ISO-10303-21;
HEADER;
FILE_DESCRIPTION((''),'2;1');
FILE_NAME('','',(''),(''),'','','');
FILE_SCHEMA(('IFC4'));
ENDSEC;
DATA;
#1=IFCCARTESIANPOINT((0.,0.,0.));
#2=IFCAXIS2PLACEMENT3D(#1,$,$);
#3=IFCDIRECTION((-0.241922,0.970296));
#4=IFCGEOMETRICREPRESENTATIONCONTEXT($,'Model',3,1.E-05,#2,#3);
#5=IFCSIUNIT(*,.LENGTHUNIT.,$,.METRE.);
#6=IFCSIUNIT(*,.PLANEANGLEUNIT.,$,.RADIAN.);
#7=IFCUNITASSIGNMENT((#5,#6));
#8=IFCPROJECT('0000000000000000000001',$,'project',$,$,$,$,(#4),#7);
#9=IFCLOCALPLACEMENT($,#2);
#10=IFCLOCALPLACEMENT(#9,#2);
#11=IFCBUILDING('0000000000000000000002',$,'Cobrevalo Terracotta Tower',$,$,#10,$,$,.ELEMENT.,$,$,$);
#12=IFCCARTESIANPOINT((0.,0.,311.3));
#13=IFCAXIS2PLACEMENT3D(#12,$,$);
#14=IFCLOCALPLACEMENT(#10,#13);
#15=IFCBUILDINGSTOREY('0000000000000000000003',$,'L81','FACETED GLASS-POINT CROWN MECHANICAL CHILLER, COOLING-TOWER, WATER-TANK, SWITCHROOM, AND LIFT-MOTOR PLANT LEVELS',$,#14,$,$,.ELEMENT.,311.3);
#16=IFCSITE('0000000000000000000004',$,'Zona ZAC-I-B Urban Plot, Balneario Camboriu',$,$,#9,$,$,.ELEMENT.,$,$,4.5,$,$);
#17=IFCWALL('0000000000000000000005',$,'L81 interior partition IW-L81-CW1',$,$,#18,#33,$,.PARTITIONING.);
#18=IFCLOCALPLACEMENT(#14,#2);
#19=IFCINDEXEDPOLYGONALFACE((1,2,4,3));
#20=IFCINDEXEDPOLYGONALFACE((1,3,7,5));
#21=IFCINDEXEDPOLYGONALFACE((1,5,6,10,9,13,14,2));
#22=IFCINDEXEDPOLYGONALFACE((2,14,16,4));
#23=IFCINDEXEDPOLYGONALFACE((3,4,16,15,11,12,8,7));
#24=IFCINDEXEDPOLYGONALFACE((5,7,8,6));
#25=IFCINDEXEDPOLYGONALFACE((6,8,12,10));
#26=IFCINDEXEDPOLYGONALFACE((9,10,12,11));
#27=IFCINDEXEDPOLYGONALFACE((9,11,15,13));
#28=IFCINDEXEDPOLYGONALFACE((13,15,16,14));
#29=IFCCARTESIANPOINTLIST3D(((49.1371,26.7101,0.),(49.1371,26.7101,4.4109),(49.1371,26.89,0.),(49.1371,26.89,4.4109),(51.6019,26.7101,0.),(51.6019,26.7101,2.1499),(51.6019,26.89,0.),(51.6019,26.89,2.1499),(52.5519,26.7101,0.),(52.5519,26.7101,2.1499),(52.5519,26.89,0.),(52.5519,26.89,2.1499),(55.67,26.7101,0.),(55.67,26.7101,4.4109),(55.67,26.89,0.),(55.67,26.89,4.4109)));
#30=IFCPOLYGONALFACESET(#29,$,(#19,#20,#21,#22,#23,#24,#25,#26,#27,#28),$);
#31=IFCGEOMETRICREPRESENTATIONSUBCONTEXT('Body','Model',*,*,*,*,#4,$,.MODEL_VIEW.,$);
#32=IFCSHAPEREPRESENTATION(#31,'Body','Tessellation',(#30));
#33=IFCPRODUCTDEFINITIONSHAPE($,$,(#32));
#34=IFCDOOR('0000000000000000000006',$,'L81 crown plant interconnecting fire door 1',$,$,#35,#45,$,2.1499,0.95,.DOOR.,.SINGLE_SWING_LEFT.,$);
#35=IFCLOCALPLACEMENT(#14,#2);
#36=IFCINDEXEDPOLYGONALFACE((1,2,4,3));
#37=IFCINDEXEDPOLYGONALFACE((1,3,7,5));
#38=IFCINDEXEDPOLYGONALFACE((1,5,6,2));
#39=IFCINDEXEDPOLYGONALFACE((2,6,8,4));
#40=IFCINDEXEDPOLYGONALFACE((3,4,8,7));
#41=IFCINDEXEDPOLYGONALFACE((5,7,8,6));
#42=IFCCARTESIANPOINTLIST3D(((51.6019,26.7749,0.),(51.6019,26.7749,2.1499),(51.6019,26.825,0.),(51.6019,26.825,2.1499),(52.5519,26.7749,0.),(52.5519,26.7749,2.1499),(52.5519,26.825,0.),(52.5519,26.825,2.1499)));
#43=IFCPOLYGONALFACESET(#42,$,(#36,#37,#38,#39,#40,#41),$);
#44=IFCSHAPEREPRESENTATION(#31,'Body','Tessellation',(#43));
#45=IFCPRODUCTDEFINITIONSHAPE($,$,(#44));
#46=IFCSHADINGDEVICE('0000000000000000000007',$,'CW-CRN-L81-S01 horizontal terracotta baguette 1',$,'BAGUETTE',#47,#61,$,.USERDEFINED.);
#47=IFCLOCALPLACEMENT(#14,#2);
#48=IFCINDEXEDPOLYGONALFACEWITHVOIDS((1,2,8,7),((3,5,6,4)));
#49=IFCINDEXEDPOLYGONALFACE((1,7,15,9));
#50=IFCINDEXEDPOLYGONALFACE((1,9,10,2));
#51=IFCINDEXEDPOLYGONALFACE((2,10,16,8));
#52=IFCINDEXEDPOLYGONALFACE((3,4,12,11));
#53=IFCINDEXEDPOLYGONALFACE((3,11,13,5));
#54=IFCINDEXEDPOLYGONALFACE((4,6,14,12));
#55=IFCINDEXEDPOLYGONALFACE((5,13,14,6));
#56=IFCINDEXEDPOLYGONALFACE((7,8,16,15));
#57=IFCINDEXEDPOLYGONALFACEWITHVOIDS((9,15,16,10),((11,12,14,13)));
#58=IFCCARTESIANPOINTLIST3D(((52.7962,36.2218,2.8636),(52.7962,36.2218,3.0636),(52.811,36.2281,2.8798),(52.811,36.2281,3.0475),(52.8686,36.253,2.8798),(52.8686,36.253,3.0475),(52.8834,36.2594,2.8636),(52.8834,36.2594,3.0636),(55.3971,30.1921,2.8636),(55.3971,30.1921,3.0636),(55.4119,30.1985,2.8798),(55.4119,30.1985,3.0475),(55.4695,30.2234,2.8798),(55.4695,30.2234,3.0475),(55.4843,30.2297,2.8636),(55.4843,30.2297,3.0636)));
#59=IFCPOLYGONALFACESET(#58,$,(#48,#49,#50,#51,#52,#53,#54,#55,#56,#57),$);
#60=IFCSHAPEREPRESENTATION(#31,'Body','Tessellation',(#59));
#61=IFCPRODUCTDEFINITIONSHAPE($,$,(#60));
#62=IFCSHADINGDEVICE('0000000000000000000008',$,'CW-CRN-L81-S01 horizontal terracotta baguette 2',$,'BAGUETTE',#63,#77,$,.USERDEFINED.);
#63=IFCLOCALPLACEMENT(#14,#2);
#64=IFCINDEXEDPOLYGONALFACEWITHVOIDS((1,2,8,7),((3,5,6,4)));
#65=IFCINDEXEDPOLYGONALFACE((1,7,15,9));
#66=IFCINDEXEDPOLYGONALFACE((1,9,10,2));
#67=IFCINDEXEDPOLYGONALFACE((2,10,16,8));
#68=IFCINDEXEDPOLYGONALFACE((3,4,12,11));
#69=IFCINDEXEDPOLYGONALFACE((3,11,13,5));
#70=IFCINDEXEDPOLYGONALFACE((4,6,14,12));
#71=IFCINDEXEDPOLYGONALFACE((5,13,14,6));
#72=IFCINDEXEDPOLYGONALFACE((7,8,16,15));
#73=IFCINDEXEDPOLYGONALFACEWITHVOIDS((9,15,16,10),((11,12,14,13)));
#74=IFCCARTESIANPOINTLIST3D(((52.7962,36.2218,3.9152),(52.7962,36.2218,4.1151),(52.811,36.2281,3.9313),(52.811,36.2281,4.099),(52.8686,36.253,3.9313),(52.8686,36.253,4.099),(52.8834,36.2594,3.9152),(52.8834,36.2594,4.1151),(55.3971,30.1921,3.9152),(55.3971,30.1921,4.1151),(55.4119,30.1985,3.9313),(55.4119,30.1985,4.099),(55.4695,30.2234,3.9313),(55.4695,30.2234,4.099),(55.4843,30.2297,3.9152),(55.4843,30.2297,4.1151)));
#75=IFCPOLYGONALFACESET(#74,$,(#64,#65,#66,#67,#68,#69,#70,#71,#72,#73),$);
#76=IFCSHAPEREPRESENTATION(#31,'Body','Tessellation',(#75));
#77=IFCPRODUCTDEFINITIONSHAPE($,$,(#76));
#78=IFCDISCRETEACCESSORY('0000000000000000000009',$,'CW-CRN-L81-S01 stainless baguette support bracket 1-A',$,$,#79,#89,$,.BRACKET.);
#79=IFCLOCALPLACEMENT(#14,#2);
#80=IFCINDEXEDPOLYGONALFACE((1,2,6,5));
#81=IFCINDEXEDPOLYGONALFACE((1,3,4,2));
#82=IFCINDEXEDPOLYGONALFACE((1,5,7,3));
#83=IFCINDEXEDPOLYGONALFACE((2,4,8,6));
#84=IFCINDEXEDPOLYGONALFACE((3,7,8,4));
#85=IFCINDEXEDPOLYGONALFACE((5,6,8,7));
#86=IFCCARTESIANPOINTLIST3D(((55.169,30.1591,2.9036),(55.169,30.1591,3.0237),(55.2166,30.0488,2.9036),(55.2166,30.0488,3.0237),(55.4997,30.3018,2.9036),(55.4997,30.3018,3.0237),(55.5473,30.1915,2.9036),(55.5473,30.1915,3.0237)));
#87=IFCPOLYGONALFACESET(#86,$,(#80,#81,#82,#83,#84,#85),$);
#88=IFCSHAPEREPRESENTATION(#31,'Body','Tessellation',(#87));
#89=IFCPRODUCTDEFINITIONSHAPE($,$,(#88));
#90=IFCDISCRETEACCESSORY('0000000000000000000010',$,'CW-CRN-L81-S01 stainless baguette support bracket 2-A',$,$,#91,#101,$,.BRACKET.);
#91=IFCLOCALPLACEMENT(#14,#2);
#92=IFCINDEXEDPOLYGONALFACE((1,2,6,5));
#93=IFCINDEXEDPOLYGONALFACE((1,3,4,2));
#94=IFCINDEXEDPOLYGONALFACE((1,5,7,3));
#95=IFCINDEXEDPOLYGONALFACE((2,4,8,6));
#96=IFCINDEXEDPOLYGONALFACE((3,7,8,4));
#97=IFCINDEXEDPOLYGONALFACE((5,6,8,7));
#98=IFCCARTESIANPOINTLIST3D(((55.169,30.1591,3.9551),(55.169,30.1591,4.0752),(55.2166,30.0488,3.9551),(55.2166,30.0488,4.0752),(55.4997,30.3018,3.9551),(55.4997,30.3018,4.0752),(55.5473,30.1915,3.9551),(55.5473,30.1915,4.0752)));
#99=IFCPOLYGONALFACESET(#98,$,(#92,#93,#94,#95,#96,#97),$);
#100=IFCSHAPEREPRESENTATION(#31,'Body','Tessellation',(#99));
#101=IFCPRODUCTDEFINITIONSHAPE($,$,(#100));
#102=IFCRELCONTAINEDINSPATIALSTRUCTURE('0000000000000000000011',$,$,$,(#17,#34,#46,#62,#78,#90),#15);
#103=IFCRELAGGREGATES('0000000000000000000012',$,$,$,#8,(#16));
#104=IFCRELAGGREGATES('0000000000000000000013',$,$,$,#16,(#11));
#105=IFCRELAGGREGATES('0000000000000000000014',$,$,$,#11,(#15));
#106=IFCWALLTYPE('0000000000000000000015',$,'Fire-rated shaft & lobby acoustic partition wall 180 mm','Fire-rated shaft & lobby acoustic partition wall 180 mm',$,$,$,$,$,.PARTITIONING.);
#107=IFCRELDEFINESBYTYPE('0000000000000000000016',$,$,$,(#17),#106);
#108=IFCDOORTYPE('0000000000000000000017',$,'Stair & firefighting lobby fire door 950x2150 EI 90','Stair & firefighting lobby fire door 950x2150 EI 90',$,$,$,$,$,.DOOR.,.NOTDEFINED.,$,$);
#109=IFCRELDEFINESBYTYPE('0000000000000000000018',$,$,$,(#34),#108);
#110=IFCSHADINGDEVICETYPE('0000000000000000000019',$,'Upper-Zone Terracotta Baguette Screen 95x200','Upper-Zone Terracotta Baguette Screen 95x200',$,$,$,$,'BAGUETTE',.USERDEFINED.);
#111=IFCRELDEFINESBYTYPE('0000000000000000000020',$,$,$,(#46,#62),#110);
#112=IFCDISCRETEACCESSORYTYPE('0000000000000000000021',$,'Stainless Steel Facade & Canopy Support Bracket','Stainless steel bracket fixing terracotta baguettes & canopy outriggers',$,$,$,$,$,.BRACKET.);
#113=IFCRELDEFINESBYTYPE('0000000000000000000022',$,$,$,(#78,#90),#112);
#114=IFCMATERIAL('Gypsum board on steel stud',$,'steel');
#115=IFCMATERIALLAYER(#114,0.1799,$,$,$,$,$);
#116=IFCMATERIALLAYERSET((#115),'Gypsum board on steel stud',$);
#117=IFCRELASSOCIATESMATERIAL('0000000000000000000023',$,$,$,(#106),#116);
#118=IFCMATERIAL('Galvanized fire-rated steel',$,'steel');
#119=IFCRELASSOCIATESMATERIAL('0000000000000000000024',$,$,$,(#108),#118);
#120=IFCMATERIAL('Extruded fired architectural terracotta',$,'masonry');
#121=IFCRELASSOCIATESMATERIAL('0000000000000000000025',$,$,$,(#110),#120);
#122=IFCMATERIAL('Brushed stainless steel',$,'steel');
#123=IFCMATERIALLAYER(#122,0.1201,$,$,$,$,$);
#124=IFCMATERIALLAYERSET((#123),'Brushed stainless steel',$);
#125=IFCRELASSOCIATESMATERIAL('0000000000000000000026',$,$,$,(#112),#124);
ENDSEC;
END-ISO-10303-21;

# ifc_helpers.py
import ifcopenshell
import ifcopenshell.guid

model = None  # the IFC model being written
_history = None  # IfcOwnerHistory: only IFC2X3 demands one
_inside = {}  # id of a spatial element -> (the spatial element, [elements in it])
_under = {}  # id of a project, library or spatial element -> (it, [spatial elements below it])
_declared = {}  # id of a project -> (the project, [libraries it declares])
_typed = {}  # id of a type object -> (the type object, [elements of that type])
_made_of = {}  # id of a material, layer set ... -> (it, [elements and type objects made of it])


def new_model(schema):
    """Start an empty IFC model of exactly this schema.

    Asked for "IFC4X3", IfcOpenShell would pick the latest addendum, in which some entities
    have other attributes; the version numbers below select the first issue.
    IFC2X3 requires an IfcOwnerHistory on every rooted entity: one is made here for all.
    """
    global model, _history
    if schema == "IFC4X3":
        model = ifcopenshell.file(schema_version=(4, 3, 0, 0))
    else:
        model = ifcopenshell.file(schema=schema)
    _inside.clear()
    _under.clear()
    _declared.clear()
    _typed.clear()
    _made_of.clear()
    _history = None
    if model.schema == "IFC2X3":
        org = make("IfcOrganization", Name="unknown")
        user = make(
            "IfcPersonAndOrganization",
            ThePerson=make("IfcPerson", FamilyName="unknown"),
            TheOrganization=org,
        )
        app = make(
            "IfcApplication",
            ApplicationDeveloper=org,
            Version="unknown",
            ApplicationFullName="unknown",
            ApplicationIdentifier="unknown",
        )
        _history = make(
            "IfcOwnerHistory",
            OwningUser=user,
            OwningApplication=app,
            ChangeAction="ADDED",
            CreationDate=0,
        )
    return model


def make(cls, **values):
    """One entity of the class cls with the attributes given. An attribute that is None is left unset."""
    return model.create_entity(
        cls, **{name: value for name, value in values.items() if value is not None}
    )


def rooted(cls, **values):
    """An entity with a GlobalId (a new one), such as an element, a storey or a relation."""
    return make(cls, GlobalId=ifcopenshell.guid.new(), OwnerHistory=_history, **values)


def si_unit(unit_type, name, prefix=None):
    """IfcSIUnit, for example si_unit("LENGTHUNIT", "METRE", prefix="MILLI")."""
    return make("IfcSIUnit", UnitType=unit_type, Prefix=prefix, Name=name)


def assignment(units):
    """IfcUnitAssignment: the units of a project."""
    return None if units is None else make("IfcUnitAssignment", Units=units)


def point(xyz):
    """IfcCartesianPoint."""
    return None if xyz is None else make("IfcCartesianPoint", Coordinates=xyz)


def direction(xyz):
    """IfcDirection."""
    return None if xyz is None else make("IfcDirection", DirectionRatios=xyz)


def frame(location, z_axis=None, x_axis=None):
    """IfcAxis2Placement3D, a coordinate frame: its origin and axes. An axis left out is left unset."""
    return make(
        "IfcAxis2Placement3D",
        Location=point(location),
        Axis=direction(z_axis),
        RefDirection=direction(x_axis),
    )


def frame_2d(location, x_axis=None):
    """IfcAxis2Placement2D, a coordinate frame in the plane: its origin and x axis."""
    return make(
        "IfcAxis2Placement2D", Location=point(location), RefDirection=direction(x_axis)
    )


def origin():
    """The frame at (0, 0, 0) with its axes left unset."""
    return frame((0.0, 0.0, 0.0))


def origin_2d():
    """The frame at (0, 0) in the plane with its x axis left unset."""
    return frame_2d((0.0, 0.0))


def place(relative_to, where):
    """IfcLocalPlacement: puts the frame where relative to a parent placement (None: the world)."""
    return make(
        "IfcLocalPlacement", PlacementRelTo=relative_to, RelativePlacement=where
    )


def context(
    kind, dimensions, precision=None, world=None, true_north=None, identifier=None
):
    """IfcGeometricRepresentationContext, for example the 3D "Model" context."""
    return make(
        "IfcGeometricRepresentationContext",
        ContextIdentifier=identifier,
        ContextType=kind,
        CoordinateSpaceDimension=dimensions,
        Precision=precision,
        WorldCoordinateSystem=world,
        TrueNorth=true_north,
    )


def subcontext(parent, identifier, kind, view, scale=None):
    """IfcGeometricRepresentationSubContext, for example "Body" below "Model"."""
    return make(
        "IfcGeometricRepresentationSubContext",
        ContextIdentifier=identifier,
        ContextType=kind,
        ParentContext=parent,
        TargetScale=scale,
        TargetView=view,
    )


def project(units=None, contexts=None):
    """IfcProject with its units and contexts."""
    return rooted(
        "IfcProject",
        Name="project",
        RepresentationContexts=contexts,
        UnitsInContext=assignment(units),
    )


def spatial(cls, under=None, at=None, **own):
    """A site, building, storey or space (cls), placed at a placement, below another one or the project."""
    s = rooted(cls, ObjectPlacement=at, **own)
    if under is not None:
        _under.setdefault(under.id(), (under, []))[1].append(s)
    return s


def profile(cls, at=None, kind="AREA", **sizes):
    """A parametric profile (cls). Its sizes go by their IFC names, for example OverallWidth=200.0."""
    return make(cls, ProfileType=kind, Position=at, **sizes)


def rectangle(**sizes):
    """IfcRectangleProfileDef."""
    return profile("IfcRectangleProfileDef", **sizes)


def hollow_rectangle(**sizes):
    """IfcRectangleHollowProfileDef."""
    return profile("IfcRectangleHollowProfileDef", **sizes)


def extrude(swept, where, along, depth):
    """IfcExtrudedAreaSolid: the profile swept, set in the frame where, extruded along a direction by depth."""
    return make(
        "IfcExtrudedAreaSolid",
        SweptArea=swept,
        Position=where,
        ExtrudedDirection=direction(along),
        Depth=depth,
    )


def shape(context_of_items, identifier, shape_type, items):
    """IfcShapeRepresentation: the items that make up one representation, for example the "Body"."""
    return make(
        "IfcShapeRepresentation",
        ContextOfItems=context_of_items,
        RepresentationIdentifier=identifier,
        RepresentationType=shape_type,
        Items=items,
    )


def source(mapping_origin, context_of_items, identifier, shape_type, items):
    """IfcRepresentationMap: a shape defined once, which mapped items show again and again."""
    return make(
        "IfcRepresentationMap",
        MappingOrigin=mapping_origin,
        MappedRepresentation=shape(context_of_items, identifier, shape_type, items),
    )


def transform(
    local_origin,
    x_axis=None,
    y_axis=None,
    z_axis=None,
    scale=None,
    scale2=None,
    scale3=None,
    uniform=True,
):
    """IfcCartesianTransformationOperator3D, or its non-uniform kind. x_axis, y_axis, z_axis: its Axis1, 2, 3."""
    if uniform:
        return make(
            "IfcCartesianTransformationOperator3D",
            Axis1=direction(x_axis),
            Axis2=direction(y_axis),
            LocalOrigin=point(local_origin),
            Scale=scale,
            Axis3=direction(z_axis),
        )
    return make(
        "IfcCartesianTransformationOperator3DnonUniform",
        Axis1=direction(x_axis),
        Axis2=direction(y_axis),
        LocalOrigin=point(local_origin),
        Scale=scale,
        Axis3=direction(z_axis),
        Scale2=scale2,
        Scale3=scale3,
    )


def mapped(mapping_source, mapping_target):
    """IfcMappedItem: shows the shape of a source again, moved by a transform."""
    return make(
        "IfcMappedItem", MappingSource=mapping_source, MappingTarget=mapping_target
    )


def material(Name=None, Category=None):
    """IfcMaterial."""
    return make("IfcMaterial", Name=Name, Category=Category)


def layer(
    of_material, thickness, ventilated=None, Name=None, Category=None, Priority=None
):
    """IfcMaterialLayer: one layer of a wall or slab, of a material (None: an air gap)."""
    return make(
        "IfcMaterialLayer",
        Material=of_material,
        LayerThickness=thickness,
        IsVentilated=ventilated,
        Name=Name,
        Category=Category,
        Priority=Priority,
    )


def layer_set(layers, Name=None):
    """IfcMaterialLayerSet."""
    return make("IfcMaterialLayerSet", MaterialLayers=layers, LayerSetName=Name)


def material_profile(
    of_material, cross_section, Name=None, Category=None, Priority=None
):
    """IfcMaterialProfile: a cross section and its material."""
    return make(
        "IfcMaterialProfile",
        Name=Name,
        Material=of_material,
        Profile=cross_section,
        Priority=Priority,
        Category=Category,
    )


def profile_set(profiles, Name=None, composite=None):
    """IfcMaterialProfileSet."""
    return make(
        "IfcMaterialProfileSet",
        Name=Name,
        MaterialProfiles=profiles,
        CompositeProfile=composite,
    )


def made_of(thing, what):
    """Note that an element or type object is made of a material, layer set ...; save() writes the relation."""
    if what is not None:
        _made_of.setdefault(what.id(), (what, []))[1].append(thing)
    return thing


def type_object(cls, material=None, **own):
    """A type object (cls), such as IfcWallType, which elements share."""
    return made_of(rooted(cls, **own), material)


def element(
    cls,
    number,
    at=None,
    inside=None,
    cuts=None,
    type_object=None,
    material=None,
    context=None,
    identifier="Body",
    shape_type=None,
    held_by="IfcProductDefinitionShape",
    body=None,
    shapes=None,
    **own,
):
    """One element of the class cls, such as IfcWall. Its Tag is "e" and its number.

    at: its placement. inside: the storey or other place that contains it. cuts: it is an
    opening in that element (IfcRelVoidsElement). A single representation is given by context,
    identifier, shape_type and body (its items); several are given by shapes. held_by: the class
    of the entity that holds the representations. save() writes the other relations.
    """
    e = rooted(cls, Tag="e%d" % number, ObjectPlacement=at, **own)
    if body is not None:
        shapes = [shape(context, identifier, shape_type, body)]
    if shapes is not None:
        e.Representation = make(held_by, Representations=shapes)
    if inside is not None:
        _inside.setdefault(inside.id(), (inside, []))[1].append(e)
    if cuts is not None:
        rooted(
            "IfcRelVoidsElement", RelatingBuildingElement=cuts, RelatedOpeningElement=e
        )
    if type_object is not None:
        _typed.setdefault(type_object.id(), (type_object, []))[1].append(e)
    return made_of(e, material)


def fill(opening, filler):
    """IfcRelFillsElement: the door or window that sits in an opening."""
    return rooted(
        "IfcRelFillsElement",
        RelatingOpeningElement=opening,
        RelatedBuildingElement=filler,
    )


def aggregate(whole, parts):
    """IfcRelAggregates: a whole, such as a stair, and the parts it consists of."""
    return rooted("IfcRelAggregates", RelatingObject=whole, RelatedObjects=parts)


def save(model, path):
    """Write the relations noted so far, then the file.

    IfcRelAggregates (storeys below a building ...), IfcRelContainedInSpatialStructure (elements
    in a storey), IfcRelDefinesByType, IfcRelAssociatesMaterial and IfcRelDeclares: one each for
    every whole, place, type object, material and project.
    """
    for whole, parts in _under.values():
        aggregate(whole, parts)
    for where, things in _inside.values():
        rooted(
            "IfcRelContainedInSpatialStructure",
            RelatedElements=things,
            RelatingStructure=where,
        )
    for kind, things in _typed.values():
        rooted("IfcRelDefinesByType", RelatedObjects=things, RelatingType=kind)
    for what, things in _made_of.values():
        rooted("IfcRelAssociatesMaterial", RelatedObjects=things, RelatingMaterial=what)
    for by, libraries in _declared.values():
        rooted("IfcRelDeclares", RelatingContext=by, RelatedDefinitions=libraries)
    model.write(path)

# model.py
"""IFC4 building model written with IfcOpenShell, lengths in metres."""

from ifc_helpers import new_model, si_unit, direction, frame, frame_2d, origin, origin_2d, place, context, subcontext, project, spatial, rectangle, hollow_rectangle, extrude, source, transform, mapped, material, layer, layer_set, material_profile, profile_set, type_object, element, fill, save


model = new_model("IFC4")

# Units and contexts
model_context = context("Model", 3, precision=1e-05, world=origin(), true_north=direction((-0.241922, 0.970296)))
body_context = subcontext(model_context, "Body", "Model", "MODEL_VIEW")
ifc_project = project(units=[si_unit("LENGTHUNIT", "METRE"), si_unit("PLANEANGLEUNIT", "RADIAN")], contexts=[model_context])

# Site, building, storey
site_placement = place(None, origin())
site = spatial("IfcSite", under=ifc_project, at=site_placement, Name="Zona ZAC-I-B Urban Plot, Balneario Camboriu", CompositionType="ELEMENT", RefElevation=4.5)
building_placement = place(site_placement, origin())
building = spatial("IfcBuilding", under=site, at=building_placement, Name="Cobrevalo Terracotta Tower", CompositionType="ELEMENT")
storey_placement = place(building_placement, frame((0.0, 0.0, 311.3)))
storey = spatial("IfcBuildingStorey", under=building, at=storey_placement, Name="L81", Description="FACETED GLASS-POINT CROWN MECHANICAL CHILLER, COOLING-TOWER, WATER-TANK, SWITCHROOM, AND LIFT-MOTOR PLANT LEVELS", CompositionType="ELEMENT", Elevation=311.3)

# Wall, opening, door
ifc_material_1 = material(Name="Gypsum board on steel stud", Category="steel")
ifc_layer_1 = layer(ifc_material_1, 0.1799)
ifc_layer_set_1 = layer_set([ifc_layer_1], Name="Gypsum board on steel stud")
wall_type = type_object("IfcWallType", Name="Fire-rated shaft & lobby acoustic partition wall 180 mm", Description="Fire-rated shaft & lobby acoustic partition wall 180 mm", PredefinedType="PARTITIONING", material=ifc_layer_set_1)
wall_placement = place(storey_placement, frame((49.137, 26.8, 0.0), z_axis=(0.0, 0.0, 1.0), x_axis=(1.0, 0.0, 0.0)))
wall = element("IfcWall", 1, at=wall_placement, inside=storey, type_object=wall_type, Name="L81 interior partition IW-L81-CW1", PredefinedType="PARTITIONING", context=body_context, shape_type="SweptSolid", body=[
    extrude(rectangle(XDim=6.533, YDim=0.1799, at=frame_2d((3.2666, 0.0))), origin(), (0.0, 0.0, 1.0), 4.4109),
])
opening_placement = place(wall_placement, frame((2.4648, 0.0, 0.0)))
opening = element("IfcOpeningElement", 2, at=opening_placement, cuts=wall, PredefinedType="OPENING", context=body_context, shape_type="SweptSolid", body=[
    extrude(rectangle(XDim=0.95, YDim=2.1499, at=frame_2d((0.4751, 1.075))), frame((0.0, 0.1001, 0.0), z_axis=(0.0, -1.0, 0.0), x_axis=(1.0, 0.0, 0.0)), (0.0, 0.0, 1.0), 0.2),
])
ifc_material_2 = material(Name="Galvanized fire-rated steel", Category="steel")
door_type = type_object("IfcDoorType", Name="Stair & firefighting lobby fire door 950x2150 EI 90", Description="Stair & firefighting lobby fire door 950x2150 EI 90", OperationType="NOTDEFINED", PredefinedType="DOOR", material=ifc_material_2)
shared_shape_1 = source(origin(), body_context, "Body", "SweptSolid", [
    extrude(rectangle(XDim=0.95, YDim=2.1499, at=frame_2d((0.4751, 1.075))), frame((0.0, 0.0249, 0.0), z_axis=(0.0, -1.0, 0.0), x_axis=(1.0, 0.0, 0.0)), (0.0, 0.0, 1.0), 0.05),
])
door_placement = place(opening_placement, origin())
door = element("IfcDoor", 3, at=door_placement, inside=storey, type_object=door_type, Name="L81 crown plant interconnecting fire door 1", OperationType="SINGLE_SWING_LEFT", OverallHeight=2.1499, OverallWidth=0.95, PredefinedType="DOOR", context=body_context, shape_type="MappedRepresentation", body=[
    mapped(shared_shape_1, transform((0.0, 0.0, 0.0), scale=1.0)),
])
fill(opening, door)

# Shading devices
ifc_material_3 = material(Name="Extruded fired architectural terracotta", Category="masonry")
ifc_material_profile_1 = material_profile(ifc_material_3, hollow_rectangle(XDim=0.095, YDim=0.2, WallThickness=0.0161, at=origin_2d()), Name="BAGUETTE 95x200")
ifc_profile_set_1 = profile_set([ifc_material_profile_1], Name="Extruded fired architectural terracotta")
shading_device_type = type_object("IfcShadingDeviceType", Name="Upper-Zone Terracotta Baguette Screen 95x200", Description="Upper-Zone Terracotta Baguette Screen 95x200", ElementType="BAGUETTE", PredefinedType="USERDEFINED", material=ifc_profile_set_1)
shared_shape_2 = source(origin(), body_context, "Body", "SweptSolid", [
    extrude(hollow_rectangle(XDim=0.095, YDim=0.2, WallThickness=0.0161, at=origin_2d()), origin(), (0.0, 0.0, 1.0), 6.5667),
])
for number, where, z_axis, x_axis, name in (
    (4, (55.4407, 30.2109, 2.9636), (-0.396072, 0.918219, 0.0), (-0.918219, -0.396072, 0.0), "CW-CRN-L81-S01 horizontal terracotta baguette 1"),
    (5, (55.4407, 30.2109, 4.0151), (-0.396072, 0.918219, 0.0), (-0.918219, -0.396072, 0.0), "CW-CRN-L81-S01 horizontal terracotta baguette 2"),
):
    element("IfcShadingDevice", number, at=place(storey_placement, frame(where, z_axis=z_axis, x_axis=x_axis)), inside=storey, type_object=shading_device_type, Name=name, ObjectType="BAGUETTE", PredefinedType="USERDEFINED", context=body_context, shape_type="MappedRepresentation", body=[
        mapped(shared_shape_2, transform((0.0, 0.0, 0.0), scale=1.0)),
    ])

# Discrete accessories
ifc_material_4 = material(Name="Brushed stainless steel", Category="steel")
ifc_layer_2 = layer(ifc_material_4, 0.1201)
ifc_layer_set_2 = layer_set([ifc_layer_2], Name="Brushed stainless steel")
discrete_accessory_type = type_object("IfcDiscreteAccessoryType", Name="Stainless Steel Facade & Canopy Support Bracket", Description="Stainless steel bracket fixing terracotta baguettes & canopy outriggers", PredefinedType="BRACKET", material=ifc_layer_set_2)
shared_shape_3 = source(origin(), body_context, "Body", "SweptSolid", [
    extrude(rectangle(XDim=0.1201, YDim=0.3601, at=origin_2d()), origin(), (0.0, 0.0, 1.0), 0.1201),
])
for number, where, z_axis, x_axis, name in (
    (6, (55.3582, 30.1753, 2.9036), (0.0, 0.0, 1.0), (-0.396066, 0.918222, 0.0), "CW-CRN-L81-S01 stainless baguette support bracket 1-A"),
    (7, (55.3582, 30.1753, 3.9551), (0.0, 0.0, 1.0), (-0.396066, 0.918222, 0.0), "CW-CRN-L81-S01 stainless baguette support bracket 2-A"),
):
    element("IfcDiscreteAccessory", number, at=place(storey_placement, frame(where, z_axis=z_axis, x_axis=x_axis)), inside=storey, type_object=discrete_accessory_type, Name=name, PredefinedType="BRACKET", context=body_context, shape_type="MappedRepresentation", body=[
        mapped(shared_shape_3, transform((0.0, 0.0, 0.0), scale=1.0)),
    ])

save(model, "model.ifc")
